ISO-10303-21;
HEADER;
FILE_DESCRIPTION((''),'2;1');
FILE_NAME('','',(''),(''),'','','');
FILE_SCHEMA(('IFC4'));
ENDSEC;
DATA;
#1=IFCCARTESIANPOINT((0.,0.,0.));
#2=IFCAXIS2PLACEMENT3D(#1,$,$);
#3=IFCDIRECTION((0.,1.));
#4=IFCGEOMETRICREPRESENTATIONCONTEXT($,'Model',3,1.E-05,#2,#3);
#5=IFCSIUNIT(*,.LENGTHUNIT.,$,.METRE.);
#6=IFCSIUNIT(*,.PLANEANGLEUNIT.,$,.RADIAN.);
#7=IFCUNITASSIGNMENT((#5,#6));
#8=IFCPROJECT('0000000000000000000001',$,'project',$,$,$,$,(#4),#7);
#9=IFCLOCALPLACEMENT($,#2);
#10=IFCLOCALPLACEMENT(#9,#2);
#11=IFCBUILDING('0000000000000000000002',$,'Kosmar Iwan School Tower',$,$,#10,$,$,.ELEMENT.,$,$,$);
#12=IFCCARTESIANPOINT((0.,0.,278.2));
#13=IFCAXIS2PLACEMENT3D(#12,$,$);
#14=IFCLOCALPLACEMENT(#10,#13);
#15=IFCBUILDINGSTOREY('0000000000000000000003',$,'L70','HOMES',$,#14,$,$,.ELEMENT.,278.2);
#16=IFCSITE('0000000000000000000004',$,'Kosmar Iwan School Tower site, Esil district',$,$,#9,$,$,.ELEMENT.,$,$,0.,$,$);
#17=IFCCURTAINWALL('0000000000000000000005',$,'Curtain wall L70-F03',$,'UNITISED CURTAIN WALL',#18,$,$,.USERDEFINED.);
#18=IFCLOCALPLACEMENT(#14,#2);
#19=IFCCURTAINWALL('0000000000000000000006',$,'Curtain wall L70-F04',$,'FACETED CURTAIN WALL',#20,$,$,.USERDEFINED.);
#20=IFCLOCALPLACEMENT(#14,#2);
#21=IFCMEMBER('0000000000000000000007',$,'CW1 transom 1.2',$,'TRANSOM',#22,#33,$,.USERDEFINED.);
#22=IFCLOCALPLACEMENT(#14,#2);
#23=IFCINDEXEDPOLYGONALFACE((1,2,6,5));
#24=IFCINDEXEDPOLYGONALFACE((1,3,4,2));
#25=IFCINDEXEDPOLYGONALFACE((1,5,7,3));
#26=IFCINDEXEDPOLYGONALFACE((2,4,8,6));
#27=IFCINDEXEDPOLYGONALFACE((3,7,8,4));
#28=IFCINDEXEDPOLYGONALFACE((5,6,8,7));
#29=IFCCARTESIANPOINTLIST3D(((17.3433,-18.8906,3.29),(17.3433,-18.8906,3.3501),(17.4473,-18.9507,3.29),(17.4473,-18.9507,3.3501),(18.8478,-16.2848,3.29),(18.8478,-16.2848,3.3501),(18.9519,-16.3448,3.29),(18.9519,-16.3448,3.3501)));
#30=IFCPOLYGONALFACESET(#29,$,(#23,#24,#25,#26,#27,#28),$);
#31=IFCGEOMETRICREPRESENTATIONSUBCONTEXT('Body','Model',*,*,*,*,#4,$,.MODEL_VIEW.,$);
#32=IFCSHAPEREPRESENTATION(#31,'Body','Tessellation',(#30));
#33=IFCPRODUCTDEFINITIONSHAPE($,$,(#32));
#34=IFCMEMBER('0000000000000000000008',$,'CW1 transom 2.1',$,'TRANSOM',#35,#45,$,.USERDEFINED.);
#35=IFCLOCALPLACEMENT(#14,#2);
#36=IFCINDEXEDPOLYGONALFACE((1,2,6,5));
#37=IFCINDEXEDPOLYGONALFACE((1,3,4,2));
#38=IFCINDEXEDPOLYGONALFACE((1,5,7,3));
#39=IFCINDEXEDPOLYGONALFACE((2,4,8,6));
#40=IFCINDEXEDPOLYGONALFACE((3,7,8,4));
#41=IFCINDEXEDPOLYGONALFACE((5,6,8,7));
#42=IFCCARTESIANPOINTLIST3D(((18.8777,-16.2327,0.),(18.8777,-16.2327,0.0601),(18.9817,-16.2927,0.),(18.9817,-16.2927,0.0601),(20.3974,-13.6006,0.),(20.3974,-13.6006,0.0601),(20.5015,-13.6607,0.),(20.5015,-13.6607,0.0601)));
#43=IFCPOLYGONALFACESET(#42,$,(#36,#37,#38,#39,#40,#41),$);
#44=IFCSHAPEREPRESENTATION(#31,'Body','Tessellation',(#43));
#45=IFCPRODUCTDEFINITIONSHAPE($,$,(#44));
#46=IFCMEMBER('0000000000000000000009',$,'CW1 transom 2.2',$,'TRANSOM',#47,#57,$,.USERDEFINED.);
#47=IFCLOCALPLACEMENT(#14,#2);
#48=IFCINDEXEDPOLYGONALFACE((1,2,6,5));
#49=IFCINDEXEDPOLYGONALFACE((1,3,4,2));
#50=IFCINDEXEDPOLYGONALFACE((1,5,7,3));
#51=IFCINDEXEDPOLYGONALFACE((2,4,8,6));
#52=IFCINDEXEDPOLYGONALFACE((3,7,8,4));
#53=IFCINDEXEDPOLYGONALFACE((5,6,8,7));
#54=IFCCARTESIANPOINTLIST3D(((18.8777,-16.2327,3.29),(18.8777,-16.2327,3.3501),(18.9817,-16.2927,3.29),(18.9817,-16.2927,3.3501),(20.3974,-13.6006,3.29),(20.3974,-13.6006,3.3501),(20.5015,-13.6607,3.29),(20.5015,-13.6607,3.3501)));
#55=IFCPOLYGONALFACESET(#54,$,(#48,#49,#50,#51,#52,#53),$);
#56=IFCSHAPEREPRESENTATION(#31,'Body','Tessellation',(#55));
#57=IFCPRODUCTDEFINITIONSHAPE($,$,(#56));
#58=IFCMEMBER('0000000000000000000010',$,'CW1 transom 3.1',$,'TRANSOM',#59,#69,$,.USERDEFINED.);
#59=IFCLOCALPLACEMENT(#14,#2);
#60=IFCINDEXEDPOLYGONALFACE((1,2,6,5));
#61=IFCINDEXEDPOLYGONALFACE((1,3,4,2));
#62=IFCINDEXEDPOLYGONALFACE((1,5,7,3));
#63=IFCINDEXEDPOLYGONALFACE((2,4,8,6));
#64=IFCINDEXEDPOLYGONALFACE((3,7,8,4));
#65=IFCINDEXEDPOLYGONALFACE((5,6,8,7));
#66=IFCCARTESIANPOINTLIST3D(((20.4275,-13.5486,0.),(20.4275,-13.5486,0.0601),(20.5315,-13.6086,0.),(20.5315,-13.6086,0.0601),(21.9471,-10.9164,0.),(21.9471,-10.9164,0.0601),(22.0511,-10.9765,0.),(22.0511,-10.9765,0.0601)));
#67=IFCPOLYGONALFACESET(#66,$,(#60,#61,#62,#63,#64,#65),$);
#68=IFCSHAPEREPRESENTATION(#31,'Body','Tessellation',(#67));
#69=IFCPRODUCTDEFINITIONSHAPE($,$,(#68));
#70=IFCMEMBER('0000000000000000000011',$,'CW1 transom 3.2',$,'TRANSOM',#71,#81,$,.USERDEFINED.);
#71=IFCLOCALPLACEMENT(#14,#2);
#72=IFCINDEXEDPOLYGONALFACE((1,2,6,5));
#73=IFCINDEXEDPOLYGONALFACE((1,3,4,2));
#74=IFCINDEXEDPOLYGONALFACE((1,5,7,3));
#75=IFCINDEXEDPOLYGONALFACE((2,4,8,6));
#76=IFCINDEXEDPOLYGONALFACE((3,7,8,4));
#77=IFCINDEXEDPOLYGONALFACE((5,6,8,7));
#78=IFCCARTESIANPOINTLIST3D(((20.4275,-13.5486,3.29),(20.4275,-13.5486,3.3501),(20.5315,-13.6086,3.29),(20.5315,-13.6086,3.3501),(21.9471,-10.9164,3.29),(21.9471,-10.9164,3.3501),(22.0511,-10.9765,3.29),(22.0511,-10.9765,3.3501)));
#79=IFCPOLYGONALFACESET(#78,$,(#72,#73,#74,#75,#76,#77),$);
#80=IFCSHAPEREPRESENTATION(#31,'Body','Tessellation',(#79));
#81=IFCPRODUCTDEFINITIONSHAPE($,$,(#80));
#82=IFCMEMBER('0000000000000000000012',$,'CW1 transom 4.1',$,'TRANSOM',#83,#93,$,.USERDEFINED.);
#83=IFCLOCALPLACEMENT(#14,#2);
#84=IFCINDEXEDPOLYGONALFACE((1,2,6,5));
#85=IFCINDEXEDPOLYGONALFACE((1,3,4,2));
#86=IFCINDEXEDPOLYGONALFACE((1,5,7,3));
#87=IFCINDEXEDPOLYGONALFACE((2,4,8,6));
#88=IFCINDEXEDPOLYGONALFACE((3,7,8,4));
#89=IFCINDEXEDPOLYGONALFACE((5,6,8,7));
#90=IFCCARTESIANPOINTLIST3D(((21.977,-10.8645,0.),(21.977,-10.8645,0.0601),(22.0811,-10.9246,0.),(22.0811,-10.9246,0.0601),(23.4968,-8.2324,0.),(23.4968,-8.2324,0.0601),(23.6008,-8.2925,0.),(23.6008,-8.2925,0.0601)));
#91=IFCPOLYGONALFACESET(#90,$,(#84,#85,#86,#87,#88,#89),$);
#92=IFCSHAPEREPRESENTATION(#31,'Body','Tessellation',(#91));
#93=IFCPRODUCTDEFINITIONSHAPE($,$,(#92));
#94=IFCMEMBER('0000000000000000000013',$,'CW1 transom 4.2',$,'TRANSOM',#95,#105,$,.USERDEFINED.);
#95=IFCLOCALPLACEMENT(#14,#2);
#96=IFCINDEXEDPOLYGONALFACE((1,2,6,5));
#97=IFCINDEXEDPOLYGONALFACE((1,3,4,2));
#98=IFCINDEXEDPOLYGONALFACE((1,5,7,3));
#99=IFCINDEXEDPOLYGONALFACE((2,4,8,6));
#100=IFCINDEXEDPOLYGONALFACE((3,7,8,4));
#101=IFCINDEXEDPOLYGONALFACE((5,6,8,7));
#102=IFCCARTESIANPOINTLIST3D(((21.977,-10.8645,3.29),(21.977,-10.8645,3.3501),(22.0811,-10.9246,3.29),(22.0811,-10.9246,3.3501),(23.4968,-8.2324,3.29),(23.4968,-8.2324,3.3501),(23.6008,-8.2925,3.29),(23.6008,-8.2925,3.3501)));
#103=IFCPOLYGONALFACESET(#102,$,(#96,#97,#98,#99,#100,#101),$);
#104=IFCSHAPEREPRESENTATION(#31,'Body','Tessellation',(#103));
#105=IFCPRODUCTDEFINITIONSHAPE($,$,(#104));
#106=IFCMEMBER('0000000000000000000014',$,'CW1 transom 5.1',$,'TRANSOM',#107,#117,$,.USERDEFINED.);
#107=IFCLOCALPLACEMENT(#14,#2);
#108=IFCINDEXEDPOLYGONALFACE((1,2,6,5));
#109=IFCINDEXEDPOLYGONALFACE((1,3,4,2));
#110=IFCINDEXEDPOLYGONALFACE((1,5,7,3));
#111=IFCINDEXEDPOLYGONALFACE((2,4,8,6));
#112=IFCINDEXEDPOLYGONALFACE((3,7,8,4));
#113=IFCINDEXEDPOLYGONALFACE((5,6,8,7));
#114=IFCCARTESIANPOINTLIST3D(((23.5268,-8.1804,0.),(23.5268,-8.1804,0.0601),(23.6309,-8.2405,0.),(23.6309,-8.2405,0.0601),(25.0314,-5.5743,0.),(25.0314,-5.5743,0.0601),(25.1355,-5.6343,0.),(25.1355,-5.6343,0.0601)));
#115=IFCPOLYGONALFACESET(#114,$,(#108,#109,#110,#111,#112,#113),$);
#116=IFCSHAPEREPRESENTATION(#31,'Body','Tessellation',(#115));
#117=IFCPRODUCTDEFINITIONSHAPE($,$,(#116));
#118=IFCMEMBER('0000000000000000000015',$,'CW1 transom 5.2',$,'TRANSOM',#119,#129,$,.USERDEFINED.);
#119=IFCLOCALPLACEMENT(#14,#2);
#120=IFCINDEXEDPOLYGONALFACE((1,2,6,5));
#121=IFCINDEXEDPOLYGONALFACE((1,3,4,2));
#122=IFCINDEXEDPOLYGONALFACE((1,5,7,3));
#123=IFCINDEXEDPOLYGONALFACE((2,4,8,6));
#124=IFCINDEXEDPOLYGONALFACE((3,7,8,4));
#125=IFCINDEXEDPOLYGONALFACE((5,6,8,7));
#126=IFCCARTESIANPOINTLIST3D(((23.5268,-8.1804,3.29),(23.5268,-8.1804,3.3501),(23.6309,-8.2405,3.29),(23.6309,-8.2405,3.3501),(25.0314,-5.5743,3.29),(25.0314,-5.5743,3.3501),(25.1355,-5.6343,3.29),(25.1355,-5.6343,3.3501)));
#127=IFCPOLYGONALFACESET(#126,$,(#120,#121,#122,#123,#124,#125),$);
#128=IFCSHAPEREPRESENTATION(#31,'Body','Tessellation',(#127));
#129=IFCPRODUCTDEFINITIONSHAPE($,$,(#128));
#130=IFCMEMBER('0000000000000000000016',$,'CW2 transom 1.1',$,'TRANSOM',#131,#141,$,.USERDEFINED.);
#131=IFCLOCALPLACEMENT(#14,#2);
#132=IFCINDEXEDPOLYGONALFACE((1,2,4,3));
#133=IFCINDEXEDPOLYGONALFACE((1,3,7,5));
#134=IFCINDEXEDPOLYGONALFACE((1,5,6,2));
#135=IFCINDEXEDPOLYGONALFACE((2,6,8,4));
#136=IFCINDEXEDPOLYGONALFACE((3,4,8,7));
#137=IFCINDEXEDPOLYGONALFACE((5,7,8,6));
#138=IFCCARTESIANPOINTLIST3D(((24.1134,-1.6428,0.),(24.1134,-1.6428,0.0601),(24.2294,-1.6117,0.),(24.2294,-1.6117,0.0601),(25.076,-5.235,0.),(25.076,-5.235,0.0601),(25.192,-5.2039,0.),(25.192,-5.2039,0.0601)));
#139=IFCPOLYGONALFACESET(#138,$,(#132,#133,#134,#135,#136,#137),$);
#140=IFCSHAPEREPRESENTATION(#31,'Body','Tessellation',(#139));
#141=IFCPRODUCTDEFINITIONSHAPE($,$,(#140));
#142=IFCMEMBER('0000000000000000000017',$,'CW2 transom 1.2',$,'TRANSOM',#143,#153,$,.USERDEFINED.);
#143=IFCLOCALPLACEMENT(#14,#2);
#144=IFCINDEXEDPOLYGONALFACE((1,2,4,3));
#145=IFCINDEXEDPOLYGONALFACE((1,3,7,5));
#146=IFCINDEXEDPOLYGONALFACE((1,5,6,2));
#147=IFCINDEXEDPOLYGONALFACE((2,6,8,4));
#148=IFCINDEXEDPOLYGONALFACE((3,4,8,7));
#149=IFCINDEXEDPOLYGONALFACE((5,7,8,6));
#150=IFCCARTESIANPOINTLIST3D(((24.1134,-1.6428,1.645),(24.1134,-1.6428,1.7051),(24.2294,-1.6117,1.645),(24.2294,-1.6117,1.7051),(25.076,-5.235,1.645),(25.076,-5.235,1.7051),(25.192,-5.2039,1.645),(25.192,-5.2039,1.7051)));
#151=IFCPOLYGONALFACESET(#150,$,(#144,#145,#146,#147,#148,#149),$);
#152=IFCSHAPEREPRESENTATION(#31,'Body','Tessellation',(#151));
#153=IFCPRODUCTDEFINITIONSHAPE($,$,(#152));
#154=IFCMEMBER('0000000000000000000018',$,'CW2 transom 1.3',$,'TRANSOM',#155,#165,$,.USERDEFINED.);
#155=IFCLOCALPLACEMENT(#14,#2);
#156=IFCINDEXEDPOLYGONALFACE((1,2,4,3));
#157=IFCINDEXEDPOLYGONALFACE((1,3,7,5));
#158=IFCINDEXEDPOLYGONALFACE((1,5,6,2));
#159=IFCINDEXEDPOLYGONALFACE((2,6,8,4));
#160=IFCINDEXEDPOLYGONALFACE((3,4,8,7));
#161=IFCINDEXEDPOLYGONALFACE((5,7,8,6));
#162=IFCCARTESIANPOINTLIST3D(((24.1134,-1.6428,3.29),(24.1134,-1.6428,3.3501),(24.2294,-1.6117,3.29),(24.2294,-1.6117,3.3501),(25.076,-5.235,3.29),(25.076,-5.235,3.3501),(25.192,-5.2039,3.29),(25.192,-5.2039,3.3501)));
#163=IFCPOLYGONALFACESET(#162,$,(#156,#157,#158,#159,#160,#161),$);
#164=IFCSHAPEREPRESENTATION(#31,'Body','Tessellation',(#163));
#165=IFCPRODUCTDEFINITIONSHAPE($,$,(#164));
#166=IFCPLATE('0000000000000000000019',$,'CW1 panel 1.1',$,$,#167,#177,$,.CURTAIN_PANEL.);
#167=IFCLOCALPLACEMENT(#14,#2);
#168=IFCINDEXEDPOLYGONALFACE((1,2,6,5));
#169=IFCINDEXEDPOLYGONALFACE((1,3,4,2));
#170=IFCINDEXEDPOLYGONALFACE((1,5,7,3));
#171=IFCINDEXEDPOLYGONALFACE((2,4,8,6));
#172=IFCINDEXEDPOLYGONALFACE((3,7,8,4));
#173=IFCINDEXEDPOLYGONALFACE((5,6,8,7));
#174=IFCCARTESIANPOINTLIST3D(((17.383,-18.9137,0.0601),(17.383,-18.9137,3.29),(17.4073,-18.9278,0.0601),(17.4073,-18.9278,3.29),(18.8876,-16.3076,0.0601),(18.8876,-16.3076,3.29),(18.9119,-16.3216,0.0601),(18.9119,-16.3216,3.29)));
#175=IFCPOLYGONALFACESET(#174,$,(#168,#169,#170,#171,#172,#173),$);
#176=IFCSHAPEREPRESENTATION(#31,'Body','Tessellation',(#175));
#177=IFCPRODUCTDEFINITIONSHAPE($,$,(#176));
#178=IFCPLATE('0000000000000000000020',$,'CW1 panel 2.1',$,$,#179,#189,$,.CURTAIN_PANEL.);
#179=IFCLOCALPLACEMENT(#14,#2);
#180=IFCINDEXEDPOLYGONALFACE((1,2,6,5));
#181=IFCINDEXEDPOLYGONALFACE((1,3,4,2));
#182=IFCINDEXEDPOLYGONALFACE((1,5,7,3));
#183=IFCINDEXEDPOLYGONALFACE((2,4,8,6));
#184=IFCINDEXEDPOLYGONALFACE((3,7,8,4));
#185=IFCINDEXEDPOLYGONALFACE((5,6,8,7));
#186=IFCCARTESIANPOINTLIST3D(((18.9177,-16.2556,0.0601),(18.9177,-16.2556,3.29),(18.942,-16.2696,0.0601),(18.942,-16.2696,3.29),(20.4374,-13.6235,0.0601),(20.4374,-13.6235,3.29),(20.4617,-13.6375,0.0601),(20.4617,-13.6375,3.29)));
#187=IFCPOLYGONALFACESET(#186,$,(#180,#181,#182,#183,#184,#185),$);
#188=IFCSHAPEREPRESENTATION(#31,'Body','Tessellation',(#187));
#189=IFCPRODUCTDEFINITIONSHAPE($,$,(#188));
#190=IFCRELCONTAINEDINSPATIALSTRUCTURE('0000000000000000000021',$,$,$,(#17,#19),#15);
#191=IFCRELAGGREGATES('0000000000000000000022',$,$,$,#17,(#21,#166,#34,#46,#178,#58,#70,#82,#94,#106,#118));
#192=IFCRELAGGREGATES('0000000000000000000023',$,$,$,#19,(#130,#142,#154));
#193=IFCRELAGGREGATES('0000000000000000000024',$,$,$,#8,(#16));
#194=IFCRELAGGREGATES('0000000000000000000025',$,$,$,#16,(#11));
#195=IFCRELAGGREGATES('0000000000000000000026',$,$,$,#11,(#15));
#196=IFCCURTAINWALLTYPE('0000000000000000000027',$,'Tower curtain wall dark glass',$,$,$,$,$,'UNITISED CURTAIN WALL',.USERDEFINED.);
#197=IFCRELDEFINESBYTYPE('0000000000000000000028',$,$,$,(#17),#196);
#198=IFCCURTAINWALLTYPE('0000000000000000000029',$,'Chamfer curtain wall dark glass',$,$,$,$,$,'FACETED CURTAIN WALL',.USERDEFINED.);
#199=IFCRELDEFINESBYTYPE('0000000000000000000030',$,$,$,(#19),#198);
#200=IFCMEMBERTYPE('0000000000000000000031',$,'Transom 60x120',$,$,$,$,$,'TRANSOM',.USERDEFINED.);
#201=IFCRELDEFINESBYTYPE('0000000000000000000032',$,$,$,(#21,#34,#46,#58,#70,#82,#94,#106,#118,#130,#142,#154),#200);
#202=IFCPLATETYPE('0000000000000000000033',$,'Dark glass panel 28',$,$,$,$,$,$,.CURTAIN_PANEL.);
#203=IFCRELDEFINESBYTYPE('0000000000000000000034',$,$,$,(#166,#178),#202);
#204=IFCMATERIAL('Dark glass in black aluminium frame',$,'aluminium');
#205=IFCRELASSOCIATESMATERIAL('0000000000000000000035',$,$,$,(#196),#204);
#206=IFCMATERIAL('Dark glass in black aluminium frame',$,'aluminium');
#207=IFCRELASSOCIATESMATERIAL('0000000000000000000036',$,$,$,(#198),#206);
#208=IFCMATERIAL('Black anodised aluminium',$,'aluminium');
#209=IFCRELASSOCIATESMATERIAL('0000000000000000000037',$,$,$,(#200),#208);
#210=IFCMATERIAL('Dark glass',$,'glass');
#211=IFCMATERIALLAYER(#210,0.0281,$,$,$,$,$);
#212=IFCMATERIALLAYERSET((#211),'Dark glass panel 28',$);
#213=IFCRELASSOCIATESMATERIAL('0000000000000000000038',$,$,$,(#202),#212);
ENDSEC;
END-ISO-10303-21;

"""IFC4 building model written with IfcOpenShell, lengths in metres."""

from ifc_helpers import new_model, si_unit, direction, frame, origin, origin_2d, place, context, subcontext, project, spatial, rectangle, extrude, material, layer, layer_set, material_profile, profile_set, type_object, element, aggregate, save


model = new_model("IFC4")

# Units and contexts
model_context = context("Model", 3, precision=1e-05, world=origin(), true_north=direction((0.0, 1.0)))
body_context = subcontext(model_context, "Body", "Model", "MODEL_VIEW")
ifc_project = project(units=[si_unit("LENGTHUNIT", "METRE"), si_unit("PLANEANGLEUNIT", "RADIAN")], contexts=[model_context])

# Site, building, storey
site_placement = place(None, origin())
site = spatial("IfcSite", under=ifc_project, at=site_placement, Name="Kosmar Iwan School Tower site, Esil district", CompositionType="ELEMENT", RefElevation=0.0)
building_placement = place(site_placement, origin())
building = spatial("IfcBuilding", under=site, at=building_placement, Name="Kosmar Iwan School Tower", CompositionType="ELEMENT")
storey_placement = place(building_placement, frame((0.0, 0.0, 278.2)))
storey = spatial("IfcBuildingStorey", under=building, at=storey_placement, Name="L70", Description="HOMES", CompositionType="ELEMENT", Elevation=278.2)

# Curtain walls
ifc_material_1 = material(Name="Dark glass in black aluminium frame", Category="aluminium")
curtain_wall_type_1 = type_object("IfcCurtainWallType", Name="Tower curtain wall dark glass", ElementType="UNITISED CURTAIN WALL", PredefinedType="USERDEFINED", material=ifc_material_1)
curtain_wall_1_placement = place(storey_placement, origin())
curtain_wall_1 = element("IfcCurtainWall", 1, at=curtain_wall_1_placement, inside=storey, type_object=curtain_wall_type_1, Name="Curtain wall L70-F03", ObjectType="UNITISED CURTAIN WALL", PredefinedType="USERDEFINED")
ifc_material_2 = material(Name="Dark glass in black aluminium frame", Category="aluminium")
curtain_wall_type_2 = type_object("IfcCurtainWallType", Name="Chamfer curtain wall dark glass", ElementType="FACETED CURTAIN WALL", PredefinedType="USERDEFINED", material=ifc_material_2)
curtain_wall_2_placement = place(storey_placement, origin())
curtain_wall_2 = element("IfcCurtainWall", 2, at=curtain_wall_2_placement, inside=storey, type_object=curtain_wall_type_2, Name="Curtain wall L70-F04", ObjectType="FACETED CURTAIN WALL", PredefinedType="USERDEFINED")

# Members
ifc_material_3 = material(Name="Black anodised aluminium", Category="aluminium")
ifc_material_profile_1 = material_profile(ifc_material_3, rectangle(XDim=0.1201, YDim=0.0601, at=origin_2d()), Name="TRANSOM 60x120")
ifc_profile_set_1 = profile_set([ifc_material_profile_1], Name="Black anodised aluminium")
member_type_1 = type_object("IfcMemberType", Name="Transom 60x120", ElementType="TRANSOM", PredefinedType="USERDEFINED", material=ifc_profile_set_1)
member_1_placement = place(storey_placement, frame((17.3953, -18.9207, 3.3201), z_axis=(0.500022, 0.866013, 0.0), x_axis=(-0.866013, 0.500022, 0.0)))
member_1 = element("IfcMember", 3, at=member_1_placement, type_object=member_type_1, Name="CW1 transom 1.2", ObjectType="TRANSOM", PredefinedType="USERDEFINED", context=body_context, shape_type="SweptSolid", body=[
    extrude(rectangle(XDim=0.1201, YDim=0.0601, at=origin_2d()), origin(), (0.0, 0.0, 1.0), 3.009),
])
member_2_placement = place(storey_placement, frame((18.9297, -16.2627, 0.03), z_axis=(0.500035, 0.866005, 0.0), x_axis=(-0.866005, 0.500035, 0.0)))
member_2 = element("IfcMember", 4, at=member_2_placement, type_object=member_type_1, Name="CW1 transom 2.1", ObjectType="TRANSOM", PredefinedType="USERDEFINED", context=body_context, shape_type="SweptSolid", body=[
    extrude(rectangle(XDim=0.1201, YDim=0.0601, at=origin_2d()), origin(), (0.0, 0.0, 1.0), 3.0393),
])
member_3_placement = place(storey_placement, frame((18.9297, -16.2627, 3.3201), z_axis=(0.500035, 0.866005, 0.0), x_axis=(-0.866005, 0.500035, 0.0)))
member_3 = element("IfcMember", 5, at=member_3_placement, type_object=member_type_1, Name="CW1 transom 2.2", ObjectType="TRANSOM", PredefinedType="USERDEFINED", context=body_context, shape_type="SweptSolid", body=[
    extrude(rectangle(XDim=0.1201, YDim=0.0601, at=origin_2d()), origin(), (0.0, 0.0, 1.0), 3.0393),
])
member_4_placement = place(storey_placement, frame((20.4795, -13.5786, 0.03), z_axis=(0.499975, 0.86604, 0.0), x_axis=(-0.86604, 0.499975, 0.0)))
member_4 = element("IfcMember", 6, at=member_4_placement, type_object=member_type_1, Name="CW1 transom 3.1", ObjectType="TRANSOM", PredefinedType="USERDEFINED", context=body_context, shape_type="SweptSolid", body=[
    extrude(rectangle(XDim=0.1201, YDim=0.0601, at=origin_2d()), origin(), (0.0, 0.0, 1.0), 3.0393),
])
member_5_placement = place(storey_placement, frame((20.4795, -13.5786, 3.3201), z_axis=(0.499975, 0.86604, 0.0), x_axis=(-0.86604, 0.499975, 0.0)))
member_5 = element("IfcMember", 7, at=member_5_placement, type_object=member_type_1, Name="CW1 transom 3.2", ObjectType="TRANSOM", PredefinedType="USERDEFINED", context=body_context, shape_type="SweptSolid", body=[
    extrude(rectangle(XDim=0.1201, YDim=0.0601, at=origin_2d()), origin(), (0.0, 0.0, 1.0), 3.0393),
])
member_6_placement = place(storey_placement, frame((22.0291, -10.8945, 0.03), z_axis=(0.500035, 0.866005, 0.0), x_axis=(-0.866005, 0.500035, 0.0)))
member_6 = element("IfcMember", 8, at=member_6_placement, type_object=member_type_1, Name="CW1 transom 4.1", ObjectType="TRANSOM", PredefinedType="USERDEFINED", context=body_context, shape_type="SweptSolid", body=[
    extrude(rectangle(XDim=0.1201, YDim=0.0601, at=origin_2d()), origin(), (0.0, 0.0, 1.0), 3.0393),
])
member_7_placement = place(storey_placement, frame((22.0291, -10.8945, 3.3201), z_axis=(0.500035, 0.866005, 0.0), x_axis=(-0.866005, 0.500035, 0.0)))
member_7 = element("IfcMember", 9, at=member_7_placement, type_object=member_type_1, Name="CW1 transom 4.2", ObjectType="TRANSOM", PredefinedType="USERDEFINED", context=body_context, shape_type="SweptSolid", body=[
    extrude(rectangle(XDim=0.1201, YDim=0.0601, at=origin_2d()), origin(), (0.0, 0.0, 1.0), 3.0393),
])
member_8_placement = place(storey_placement, frame((23.5789, -8.2104, 0.03), z_axis=(0.499987, 0.866033, 0.0), x_axis=(-0.866033, 0.499987, 0.0)))
member_8 = element("IfcMember", 10, at=member_8_placement, type_object=member_type_1, Name="CW1 transom 5.1", ObjectType="TRANSOM", PredefinedType="USERDEFINED", context=body_context, shape_type="SweptSolid", body=[
    extrude(rectangle(XDim=0.1201, YDim=0.0601, at=origin_2d()), origin(), (0.0, 0.0, 1.0), 3.0093),
])
member_9_placement = place(storey_placement, frame((23.5789, -8.2104, 3.3201), z_axis=(0.499987, 0.866033, 0.0), x_axis=(-0.866033, 0.499987, 0.0)))
member_9 = element("IfcMember", 11, at=member_9_placement, type_object=member_type_1, Name="CW1 transom 5.2", ObjectType="TRANSOM", PredefinedType="USERDEFINED", context=body_context, shape_type="SweptSolid", body=[
    extrude(rectangle(XDim=0.1201, YDim=0.0601, at=origin_2d()), origin(), (0.0, 0.0, 1.0), 3.0093),
])
member_10_placement = place(storey_placement, frame((25.134, -5.2195, 0.03), z_axis=(-0.258843, 0.965919, 0.0), x_axis=(-0.965919, -0.258843, 0.0)))
member_10 = element("IfcMember", 12, at=member_10_placement, type_object=member_type_1, Name="CW2 transom 1.1", ObjectType="TRANSOM", PredefinedType="USERDEFINED", context=body_context, shape_type="SweptSolid", body=[
    extrude(rectangle(XDim=0.1201, YDim=0.0601, at=origin_2d()), origin(), (0.0, 0.0, 1.0), 3.719),
])
member_11_placement = place(storey_placement, frame((25.134, -5.2195, 1.675), z_axis=(-0.258843, 0.965919, 0.0), x_axis=(-0.965919, -0.258843, 0.0)))
member_11 = element("IfcMember", 13, at=member_11_placement, type_object=member_type_1, Name="CW2 transom 1.2", ObjectType="TRANSOM", PredefinedType="USERDEFINED", context=body_context, shape_type="SweptSolid", body=[
    extrude(rectangle(XDim=0.1201, YDim=0.0601, at=origin_2d()), origin(), (0.0, 0.0, 1.0), 3.719),
])
member_12_placement = place(storey_placement, frame((25.134, -5.2195, 3.3201), z_axis=(-0.258843, 0.965919, 0.0), x_axis=(-0.965919, -0.258843, 0.0)))
member_12 = element("IfcMember", 14, at=member_12_placement, type_object=member_type_1, Name="CW2 transom 1.3", ObjectType="TRANSOM", PredefinedType="USERDEFINED", context=body_context, shape_type="SweptSolid", body=[
    extrude(rectangle(XDim=0.1201, YDim=0.0601, at=origin_2d()), origin(), (0.0, 0.0, 1.0), 3.719),
])

# Plates
ifc_material_4 = material(Name="Dark glass", Category="glass")
ifc_layer_1 = layer(ifc_material_4, 0.0281)
ifc_layer_set_1 = layer_set([ifc_layer_1], Name="Dark glass panel 28")
plate_type = type_object("IfcPlateType", Name="Dark glass panel 28", PredefinedType="CURTAIN_PANEL", material=ifc_layer_set_1)
plate_1_placement = place(storey_placement, frame((18.1475, -17.6177, 0.0601), z_axis=(0.0, 0.0, 1.0), x_axis=(0.5, 0.866025, 0.0)))
plate_1 = element("IfcPlate", 15, at=plate_1_placement, type_object=plate_type, Name="CW1 panel 1.1", PredefinedType="CURTAIN_PANEL", context=body_context, shape_type="SweptSolid", body=[
    extrude(rectangle(XDim=3.0093, YDim=0.0281, at=origin_2d()), origin(), (0.0, 0.0, 1.0), 3.23),
])
plate_2_placement = place(storey_placement, frame((19.6897, -14.9465, 0.0601), z_axis=(0.0, 0.0, 1.0), x_axis=(0.5, 0.866025, 0.0)))
plate_2 = element("IfcPlate", 16, at=plate_2_placement, type_object=plate_type, Name="CW1 panel 2.1", PredefinedType="CURTAIN_PANEL", context=body_context, shape_type="SweptSolid", body=[
    extrude(rectangle(XDim=3.0393, YDim=0.0281, at=origin_2d()), origin(), (0.0, 0.0, 1.0), 3.23),
])
aggregate(curtain_wall_1, [member_1, plate_1, member_2, member_3, plate_2, member_4, member_5, member_6, member_7, member_8, member_9])
aggregate(curtain_wall_2, [member_10, member_11, member_12])

save(model, "model.ifc")
